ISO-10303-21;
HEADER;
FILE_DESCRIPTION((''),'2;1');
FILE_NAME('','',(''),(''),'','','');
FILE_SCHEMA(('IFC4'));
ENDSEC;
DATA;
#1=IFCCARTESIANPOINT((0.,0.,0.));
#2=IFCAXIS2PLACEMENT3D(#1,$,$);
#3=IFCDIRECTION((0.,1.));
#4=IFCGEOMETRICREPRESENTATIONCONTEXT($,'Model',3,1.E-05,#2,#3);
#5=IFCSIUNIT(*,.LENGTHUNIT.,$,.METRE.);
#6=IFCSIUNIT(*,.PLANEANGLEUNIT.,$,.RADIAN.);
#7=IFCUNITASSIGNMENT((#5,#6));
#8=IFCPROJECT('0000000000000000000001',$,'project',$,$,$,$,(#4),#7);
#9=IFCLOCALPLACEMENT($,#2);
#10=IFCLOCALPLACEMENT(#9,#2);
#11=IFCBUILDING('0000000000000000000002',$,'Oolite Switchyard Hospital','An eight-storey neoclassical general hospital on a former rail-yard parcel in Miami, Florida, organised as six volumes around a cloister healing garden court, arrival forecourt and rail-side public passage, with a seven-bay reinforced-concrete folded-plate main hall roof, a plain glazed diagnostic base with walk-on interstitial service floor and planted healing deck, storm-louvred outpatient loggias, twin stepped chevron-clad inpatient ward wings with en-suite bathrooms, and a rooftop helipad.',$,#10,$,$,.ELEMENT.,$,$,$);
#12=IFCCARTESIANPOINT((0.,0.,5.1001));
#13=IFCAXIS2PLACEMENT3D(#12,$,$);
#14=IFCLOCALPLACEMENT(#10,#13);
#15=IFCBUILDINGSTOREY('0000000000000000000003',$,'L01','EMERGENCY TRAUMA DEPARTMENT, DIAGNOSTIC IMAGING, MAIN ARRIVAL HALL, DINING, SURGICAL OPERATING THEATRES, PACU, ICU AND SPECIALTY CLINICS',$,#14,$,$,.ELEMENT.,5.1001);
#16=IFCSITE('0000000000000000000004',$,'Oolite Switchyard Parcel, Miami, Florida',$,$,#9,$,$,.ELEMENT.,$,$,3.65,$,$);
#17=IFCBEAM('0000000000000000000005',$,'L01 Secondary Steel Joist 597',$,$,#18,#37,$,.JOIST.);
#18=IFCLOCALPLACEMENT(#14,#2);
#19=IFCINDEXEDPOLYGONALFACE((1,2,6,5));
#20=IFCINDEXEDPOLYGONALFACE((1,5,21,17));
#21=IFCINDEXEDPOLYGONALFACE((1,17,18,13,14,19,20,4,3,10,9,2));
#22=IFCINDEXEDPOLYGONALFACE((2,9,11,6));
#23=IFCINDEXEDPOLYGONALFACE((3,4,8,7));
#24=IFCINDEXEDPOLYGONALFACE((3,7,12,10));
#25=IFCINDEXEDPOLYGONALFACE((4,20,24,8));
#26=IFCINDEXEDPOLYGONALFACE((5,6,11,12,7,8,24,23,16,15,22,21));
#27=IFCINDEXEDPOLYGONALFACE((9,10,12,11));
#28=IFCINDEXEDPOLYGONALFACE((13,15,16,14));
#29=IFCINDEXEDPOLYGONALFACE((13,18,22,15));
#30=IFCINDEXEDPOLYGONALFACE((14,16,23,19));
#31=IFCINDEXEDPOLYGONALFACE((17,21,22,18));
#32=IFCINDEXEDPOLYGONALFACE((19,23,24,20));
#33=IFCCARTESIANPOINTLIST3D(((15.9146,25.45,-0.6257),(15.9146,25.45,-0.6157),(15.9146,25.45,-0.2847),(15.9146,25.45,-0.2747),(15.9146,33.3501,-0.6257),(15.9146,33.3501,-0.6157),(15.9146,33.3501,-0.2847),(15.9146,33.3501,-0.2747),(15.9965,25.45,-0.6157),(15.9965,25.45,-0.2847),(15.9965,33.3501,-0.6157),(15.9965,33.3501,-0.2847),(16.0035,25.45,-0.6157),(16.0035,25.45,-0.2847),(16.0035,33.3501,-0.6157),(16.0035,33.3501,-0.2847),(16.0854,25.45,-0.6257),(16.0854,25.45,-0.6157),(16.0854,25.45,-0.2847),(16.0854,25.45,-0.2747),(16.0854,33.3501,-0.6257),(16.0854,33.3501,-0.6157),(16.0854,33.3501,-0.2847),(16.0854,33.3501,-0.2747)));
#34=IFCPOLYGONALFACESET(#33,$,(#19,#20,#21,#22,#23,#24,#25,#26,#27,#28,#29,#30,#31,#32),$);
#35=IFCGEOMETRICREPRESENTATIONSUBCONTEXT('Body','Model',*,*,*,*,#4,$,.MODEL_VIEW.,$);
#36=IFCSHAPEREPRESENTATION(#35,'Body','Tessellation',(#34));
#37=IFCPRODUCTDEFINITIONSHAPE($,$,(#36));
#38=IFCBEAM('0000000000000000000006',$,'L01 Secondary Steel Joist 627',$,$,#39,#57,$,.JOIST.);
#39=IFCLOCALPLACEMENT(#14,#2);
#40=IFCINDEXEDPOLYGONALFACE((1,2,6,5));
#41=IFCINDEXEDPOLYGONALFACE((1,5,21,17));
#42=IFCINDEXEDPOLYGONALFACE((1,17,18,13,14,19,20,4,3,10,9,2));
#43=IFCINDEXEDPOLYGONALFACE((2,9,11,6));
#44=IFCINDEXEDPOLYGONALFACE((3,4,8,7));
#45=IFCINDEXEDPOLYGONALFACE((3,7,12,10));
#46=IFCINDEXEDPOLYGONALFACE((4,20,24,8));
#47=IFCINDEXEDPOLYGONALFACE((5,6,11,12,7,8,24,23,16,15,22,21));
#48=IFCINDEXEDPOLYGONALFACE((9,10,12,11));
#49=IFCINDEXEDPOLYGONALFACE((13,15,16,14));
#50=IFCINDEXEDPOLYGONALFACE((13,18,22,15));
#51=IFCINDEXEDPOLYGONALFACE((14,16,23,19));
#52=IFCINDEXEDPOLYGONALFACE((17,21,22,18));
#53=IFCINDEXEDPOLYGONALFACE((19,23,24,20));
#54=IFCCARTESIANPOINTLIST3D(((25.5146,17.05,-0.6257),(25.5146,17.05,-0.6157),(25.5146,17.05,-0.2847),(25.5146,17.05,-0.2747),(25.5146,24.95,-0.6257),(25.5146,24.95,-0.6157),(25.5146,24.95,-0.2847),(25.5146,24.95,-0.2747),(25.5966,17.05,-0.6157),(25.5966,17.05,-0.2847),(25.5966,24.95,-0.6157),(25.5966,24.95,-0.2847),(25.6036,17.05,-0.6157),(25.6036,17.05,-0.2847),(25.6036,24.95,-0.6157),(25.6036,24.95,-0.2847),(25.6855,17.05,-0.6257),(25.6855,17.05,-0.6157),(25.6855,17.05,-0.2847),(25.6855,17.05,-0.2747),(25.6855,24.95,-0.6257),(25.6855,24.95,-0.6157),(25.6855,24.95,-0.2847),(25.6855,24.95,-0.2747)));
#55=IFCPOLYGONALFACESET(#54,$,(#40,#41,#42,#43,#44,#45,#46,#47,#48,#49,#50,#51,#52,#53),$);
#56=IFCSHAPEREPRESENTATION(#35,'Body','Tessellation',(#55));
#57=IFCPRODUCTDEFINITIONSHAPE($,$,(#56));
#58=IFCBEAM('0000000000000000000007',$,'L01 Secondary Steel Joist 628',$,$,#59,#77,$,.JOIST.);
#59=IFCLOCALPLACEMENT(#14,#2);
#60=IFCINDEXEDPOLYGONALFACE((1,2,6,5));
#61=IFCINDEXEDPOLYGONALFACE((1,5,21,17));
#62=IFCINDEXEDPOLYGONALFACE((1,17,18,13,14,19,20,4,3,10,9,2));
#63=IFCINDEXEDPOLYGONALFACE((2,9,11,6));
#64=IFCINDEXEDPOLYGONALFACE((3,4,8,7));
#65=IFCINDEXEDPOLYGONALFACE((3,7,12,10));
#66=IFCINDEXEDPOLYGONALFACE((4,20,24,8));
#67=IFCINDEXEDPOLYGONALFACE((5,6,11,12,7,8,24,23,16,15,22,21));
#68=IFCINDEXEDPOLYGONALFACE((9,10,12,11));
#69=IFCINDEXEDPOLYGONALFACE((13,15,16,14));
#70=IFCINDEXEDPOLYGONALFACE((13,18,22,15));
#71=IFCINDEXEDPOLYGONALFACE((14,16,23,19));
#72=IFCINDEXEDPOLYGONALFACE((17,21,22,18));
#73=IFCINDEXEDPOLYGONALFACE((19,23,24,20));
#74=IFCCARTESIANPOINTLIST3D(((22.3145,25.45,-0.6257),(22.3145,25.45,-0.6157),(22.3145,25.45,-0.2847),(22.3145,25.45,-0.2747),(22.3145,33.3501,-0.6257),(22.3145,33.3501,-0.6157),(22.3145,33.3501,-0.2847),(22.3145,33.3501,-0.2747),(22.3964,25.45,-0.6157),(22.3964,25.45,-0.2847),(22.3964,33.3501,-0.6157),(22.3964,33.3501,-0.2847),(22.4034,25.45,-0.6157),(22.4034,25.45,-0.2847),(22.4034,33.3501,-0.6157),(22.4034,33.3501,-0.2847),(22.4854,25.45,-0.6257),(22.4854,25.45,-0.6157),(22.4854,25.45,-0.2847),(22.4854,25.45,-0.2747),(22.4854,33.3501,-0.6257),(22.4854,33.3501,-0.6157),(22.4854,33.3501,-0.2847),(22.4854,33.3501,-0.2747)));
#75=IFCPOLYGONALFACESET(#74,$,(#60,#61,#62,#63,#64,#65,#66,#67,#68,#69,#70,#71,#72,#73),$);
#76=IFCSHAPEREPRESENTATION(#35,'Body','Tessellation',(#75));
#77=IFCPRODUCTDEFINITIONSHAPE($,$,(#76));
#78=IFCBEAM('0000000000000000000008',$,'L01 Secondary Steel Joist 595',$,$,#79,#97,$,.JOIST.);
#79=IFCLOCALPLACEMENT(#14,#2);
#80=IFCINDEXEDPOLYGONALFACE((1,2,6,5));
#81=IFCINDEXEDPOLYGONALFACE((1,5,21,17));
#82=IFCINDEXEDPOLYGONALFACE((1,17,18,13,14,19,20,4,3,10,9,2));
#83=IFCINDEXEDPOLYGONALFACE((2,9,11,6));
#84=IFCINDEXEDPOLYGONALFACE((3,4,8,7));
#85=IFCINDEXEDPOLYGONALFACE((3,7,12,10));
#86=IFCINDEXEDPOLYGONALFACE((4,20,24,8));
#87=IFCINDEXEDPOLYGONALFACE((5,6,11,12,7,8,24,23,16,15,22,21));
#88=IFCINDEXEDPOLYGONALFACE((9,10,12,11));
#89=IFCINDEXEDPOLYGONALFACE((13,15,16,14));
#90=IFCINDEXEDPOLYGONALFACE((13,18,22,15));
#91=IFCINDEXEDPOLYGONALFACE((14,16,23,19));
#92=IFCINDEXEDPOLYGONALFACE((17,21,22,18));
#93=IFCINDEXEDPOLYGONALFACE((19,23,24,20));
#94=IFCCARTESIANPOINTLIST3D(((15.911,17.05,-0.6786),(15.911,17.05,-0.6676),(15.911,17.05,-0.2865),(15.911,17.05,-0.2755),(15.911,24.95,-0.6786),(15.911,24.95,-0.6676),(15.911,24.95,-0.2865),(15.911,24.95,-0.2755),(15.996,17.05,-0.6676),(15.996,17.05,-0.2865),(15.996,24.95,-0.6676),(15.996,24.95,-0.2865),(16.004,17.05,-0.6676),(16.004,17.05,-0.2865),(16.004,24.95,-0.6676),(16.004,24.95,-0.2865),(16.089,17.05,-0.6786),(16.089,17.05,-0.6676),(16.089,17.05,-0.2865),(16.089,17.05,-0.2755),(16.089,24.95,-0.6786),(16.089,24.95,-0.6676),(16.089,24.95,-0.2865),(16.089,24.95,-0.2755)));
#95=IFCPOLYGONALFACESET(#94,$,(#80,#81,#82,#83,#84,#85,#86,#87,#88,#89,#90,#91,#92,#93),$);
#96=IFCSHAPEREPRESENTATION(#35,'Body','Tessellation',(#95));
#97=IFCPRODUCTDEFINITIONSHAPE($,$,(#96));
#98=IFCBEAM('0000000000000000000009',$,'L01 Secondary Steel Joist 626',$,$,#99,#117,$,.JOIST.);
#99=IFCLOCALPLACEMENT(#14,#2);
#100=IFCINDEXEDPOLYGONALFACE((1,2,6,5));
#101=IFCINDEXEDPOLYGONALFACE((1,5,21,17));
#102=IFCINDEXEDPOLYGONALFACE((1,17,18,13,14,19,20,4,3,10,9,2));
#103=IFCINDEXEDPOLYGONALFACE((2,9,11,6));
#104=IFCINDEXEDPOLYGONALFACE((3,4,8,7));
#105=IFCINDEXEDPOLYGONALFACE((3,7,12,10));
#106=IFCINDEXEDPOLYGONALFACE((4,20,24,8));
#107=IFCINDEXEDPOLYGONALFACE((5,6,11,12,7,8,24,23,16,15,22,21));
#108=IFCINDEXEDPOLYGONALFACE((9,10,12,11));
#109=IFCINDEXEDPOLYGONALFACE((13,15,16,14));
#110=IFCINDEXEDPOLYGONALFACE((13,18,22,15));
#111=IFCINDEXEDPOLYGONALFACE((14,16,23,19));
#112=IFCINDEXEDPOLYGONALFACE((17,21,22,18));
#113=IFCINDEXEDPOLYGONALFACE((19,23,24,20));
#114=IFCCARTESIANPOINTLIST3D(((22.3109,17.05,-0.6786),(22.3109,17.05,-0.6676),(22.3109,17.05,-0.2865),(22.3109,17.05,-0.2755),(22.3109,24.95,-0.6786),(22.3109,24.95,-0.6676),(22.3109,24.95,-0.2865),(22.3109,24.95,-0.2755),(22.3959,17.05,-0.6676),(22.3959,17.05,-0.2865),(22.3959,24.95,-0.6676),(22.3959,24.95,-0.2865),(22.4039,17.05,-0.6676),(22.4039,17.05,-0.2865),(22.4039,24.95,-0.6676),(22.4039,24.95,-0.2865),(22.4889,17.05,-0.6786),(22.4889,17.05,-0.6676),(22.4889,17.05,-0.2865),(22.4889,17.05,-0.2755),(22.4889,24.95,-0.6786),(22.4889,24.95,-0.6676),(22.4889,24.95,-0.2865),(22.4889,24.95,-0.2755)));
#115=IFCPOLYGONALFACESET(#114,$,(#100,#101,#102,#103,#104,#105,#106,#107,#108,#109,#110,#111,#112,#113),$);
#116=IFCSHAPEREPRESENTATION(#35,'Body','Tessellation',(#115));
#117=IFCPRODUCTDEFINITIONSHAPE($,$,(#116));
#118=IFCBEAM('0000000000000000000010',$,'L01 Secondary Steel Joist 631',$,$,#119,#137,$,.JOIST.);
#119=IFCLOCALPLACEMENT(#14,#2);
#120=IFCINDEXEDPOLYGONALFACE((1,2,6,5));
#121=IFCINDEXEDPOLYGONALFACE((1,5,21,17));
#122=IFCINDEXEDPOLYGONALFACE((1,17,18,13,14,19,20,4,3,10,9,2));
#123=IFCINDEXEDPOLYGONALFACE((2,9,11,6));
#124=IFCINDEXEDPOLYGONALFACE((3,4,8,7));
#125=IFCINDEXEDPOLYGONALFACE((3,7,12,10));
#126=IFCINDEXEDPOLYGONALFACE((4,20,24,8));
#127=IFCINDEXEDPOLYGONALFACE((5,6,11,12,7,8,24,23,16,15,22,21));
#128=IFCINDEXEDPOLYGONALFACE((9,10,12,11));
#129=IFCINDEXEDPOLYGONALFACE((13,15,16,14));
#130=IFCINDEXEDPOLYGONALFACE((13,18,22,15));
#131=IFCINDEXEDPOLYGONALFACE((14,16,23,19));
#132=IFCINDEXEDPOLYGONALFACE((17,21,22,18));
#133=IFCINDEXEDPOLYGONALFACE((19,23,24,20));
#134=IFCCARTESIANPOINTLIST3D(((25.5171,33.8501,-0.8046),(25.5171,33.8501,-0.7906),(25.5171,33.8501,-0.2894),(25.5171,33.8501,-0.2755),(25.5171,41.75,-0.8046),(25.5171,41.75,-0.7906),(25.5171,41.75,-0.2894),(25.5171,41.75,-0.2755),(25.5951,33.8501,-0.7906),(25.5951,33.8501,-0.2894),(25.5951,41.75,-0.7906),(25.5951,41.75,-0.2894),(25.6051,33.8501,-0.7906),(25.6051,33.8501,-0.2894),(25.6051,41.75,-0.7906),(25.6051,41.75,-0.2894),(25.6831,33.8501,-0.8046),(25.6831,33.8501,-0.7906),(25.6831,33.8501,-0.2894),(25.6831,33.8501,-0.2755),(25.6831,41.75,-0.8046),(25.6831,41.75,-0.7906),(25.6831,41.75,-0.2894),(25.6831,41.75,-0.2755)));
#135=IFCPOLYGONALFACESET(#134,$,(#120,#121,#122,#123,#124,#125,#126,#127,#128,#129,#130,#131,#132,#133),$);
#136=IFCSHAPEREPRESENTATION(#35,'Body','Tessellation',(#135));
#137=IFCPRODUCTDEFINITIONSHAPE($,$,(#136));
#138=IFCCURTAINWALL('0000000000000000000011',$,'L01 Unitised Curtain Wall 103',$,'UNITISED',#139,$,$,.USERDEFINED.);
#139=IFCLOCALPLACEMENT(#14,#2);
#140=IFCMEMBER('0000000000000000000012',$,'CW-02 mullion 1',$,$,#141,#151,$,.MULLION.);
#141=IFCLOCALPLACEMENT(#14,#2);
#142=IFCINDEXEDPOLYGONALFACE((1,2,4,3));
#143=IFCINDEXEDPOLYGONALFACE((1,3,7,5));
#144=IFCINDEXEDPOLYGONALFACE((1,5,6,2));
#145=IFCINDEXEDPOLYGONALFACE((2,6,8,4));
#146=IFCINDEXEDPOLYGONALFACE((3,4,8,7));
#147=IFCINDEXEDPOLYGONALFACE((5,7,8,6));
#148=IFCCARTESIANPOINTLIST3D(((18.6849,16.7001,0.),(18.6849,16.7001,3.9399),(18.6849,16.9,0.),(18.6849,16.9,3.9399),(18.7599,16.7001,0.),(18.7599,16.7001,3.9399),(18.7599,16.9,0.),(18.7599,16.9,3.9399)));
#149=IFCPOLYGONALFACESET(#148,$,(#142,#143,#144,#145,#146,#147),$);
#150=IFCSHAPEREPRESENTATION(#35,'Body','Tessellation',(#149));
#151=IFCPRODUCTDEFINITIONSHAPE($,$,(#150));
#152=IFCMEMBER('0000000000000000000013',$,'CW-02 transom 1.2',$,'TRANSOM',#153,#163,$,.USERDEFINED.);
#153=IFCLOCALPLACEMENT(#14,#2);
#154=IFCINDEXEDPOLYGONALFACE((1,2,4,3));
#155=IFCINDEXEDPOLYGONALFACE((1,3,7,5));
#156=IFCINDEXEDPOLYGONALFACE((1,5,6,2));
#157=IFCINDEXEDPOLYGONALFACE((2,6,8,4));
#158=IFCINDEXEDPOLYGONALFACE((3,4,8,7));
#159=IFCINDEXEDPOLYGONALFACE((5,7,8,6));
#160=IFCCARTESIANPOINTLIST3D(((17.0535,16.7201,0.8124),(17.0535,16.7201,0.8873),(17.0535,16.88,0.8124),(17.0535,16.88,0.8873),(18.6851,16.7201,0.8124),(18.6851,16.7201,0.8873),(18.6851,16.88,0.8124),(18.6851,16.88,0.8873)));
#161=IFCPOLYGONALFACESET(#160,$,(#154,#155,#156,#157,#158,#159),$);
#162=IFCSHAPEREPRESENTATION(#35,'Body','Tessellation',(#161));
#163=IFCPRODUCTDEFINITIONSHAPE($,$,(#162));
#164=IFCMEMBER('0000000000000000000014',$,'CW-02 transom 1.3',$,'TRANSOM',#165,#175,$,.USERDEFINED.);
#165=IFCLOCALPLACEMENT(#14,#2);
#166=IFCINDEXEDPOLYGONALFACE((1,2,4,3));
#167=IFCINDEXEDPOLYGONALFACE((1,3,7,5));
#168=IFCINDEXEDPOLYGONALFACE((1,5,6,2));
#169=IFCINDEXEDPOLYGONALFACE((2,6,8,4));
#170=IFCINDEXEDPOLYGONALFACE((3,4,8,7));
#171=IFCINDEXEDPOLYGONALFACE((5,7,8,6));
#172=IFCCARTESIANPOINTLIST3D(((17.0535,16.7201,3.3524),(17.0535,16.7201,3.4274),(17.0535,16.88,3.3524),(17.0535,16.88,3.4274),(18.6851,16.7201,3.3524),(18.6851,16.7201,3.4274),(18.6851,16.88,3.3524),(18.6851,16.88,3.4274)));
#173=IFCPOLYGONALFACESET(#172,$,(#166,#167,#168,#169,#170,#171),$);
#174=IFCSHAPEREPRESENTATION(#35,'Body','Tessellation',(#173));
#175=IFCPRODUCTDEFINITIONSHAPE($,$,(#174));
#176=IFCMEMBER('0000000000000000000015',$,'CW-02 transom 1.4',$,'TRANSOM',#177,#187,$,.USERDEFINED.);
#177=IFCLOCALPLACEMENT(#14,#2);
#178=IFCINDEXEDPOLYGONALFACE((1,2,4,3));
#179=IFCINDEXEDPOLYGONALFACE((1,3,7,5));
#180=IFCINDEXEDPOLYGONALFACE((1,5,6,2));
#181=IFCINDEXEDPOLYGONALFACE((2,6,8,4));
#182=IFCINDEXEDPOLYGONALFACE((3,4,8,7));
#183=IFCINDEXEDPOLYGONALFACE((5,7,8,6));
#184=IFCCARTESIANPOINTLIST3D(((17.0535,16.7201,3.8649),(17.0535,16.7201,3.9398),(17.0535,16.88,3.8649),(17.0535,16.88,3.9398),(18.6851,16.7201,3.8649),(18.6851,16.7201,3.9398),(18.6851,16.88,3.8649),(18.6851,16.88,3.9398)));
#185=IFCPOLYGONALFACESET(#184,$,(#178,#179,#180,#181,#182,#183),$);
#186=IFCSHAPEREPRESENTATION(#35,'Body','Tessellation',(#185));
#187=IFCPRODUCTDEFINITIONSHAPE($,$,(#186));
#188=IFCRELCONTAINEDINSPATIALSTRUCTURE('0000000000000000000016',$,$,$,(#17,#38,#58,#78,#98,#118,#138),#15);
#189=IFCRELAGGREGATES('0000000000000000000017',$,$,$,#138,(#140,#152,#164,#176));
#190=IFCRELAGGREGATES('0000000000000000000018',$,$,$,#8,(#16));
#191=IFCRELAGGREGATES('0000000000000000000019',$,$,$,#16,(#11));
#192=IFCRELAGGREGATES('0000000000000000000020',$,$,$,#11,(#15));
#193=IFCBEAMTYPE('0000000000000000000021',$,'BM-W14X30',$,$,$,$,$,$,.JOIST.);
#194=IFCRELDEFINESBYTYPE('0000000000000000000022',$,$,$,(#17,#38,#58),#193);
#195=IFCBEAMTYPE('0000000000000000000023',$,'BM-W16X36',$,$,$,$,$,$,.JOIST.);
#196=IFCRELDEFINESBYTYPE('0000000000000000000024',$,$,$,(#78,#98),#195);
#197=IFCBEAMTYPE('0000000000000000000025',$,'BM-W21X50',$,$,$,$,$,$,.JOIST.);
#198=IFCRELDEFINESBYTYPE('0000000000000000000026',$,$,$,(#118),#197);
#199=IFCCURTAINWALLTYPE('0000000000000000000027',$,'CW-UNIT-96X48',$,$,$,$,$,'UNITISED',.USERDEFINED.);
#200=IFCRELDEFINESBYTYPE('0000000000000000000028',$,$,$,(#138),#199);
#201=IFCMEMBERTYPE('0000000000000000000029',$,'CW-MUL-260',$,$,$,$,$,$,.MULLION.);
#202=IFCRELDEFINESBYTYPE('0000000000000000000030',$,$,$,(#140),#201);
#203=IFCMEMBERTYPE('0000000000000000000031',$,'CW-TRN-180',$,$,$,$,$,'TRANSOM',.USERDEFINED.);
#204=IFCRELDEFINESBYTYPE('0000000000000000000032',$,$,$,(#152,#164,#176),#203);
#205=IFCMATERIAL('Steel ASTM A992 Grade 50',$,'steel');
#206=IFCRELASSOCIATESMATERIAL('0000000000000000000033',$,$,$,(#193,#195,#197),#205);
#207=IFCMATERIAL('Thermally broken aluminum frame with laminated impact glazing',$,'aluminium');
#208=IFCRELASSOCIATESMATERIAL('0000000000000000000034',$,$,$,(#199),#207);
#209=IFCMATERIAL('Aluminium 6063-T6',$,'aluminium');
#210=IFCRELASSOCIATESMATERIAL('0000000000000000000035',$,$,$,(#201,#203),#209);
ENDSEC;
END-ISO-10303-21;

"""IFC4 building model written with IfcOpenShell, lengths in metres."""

from ifc_helpers import new_model, si_unit, direction, frame, origin, origin_2d, place, context, subcontext, project, spatial, rectangle, i_section, extrude, material, material_profile, profile_set, type_object, element, aggregate, save


model = new_model("IFC4")

# Units and contexts
model_context = context("Model", 3, precision=1e-05, world=origin(), true_north=direction((0.0, 1.0)))
body_context = subcontext(model_context, "Body", "Model", "MODEL_VIEW")
ifc_project = project(units=[si_unit("LENGTHUNIT", "METRE"), si_unit("PLANEANGLEUNIT", "RADIAN")], contexts=[model_context])

# Site, building, storey
site_placement = place(None, origin())
site = spatial("IfcSite", under=ifc_project, at=site_placement, Name="Oolite Switchyard Parcel, Miami, Florida", CompositionType="ELEMENT", RefElevation=3.65)
building_placement = place(site_placement, origin())
building = spatial("IfcBuilding", under=site, at=building_placement, Name="Oolite Switchyard Hospital", Description="An eight-storey neoclassical general hospital on a former rail-yard parcel in Miami, Florida, organised as six volumes around a cloister healing garden court, arrival forecourt and rail-side public passage, with a seven-bay reinforced-concrete folded-plate main hall roof, a plain glazed diagnostic base with walk-on interstitial service floor and planted healing deck, storm-louvred outpatient loggias, twin stepped chevron-clad inpatient ward wings with en-suite bathrooms, and a rooftop helipad.", CompositionType="ELEMENT")
storey_placement = place(building_placement, frame((0.0, 0.0, 5.1001)))
storey = spatial("IfcBuildingStorey", under=building, at=storey_placement, Name="L01", Description="EMERGENCY TRAUMA DEPARTMENT, DIAGNOSTIC IMAGING, MAIN ARRIVAL HALL, DINING, SURGICAL OPERATING THEATRES, PACU, ICU AND SPECIALTY CLINICS", CompositionType="ELEMENT", Elevation=5.1001)

# Beams
ifc_material_1 = material(Name="Steel ASTM A992 Grade 50", Category="steel")
ifc_material_profile_1 = material_profile(ifc_material_1, i_section(OverallWidth=0.1709, OverallDepth=0.3511, WebThickness=0.0071, FlangeThickness=0.01, at=origin_2d()), Name="W14X30")
ifc_profile_set_1 = profile_set([ifc_material_profile_1], Name="Steel ASTM A992 Grade 50")
beam_type_1 = type_object("IfcBeamType", Name="BM-W14X30", PredefinedType="JOIST", material=ifc_profile_set_1)
beam_1_placement = place(storey_placement, frame((16.0, 25.45, -0.4502), z_axis=(0.0, 1.0, 0.0), x_axis=(-1.0, 0.0, 0.0)))
element("IfcBeam", 1, at=beam_1_placement, inside=storey, type_object=beam_type_1, Name="L01 Secondary Steel Joist 597", PredefinedType="JOIST", context=body_context, shape_type="SweptSolid", body=[
    extrude(i_section(OverallWidth=0.1709, OverallDepth=0.3511, WebThickness=0.0071, FlangeThickness=0.01, at=origin_2d()), origin(), (0.0, 0.0, 1.0), 7.9001),
])
beam_2_placement = place(storey_placement, frame((25.6001, 17.05, -0.4502), z_axis=(0.0, 1.0, 0.0), x_axis=(-1.0, 0.0, 0.0)))
element("IfcBeam", 2, at=beam_2_placement, inside=storey, type_object=beam_type_1, Name="L01 Secondary Steel Joist 627", PredefinedType="JOIST", context=body_context, shape_type="SweptSolid", body=[
    extrude(i_section(OverallWidth=0.1709, OverallDepth=0.3511, WebThickness=0.0071, FlangeThickness=0.01, at=origin_2d()), origin(), (0.0, 0.0, 1.0), 7.8999),
])
beam_3_placement = place(storey_placement, frame((22.3999, 25.45, -0.4502), z_axis=(0.0, 1.0, 0.0), x_axis=(-1.0, 0.0, 0.0)))
element("IfcBeam", 3, at=beam_3_placement, inside=storey, type_object=beam_type_1, Name="L01 Secondary Steel Joist 628", PredefinedType="JOIST", context=body_context, shape_type="SweptSolid", body=[
    extrude(i_section(OverallWidth=0.1709, OverallDepth=0.3511, WebThickness=0.0071, FlangeThickness=0.01, at=origin_2d()), origin(), (0.0, 0.0, 1.0), 7.9001),
])
ifc_material_profile_2 = material_profile(ifc_material_1, i_section(OverallWidth=0.178, OverallDepth=0.4031, WebThickness=0.0081, FlangeThickness=0.011, at=origin_2d()), Name="W16X36")
ifc_profile_set_2 = profile_set([ifc_material_profile_2], Name="Steel ASTM A992 Grade 50")
beam_type_2 = type_object("IfcBeamType", Name="BM-W16X36", PredefinedType="JOIST", material=ifc_profile_set_2)
for number, where, z_axis, x_axis, name in (
    (4, (16.0, 17.05, -0.4771), (0.0, 1.0, 0.0), (-1.0, 0.0, 0.0), "L01 Secondary Steel Joist 595"),
    (5, (22.3999, 17.05, -0.4771), (0.0, 1.0, 0.0), (-1.0, 0.0, 0.0), "L01 Secondary Steel Joist 626"),
):
    element("IfcBeam", number, at=place(storey_placement, frame(where, z_axis=z_axis, x_axis=x_axis)), inside=storey, type_object=beam_type_2, Name=name, PredefinedType="JOIST", context=body_context, shape_type="SweptSolid", body=[
        extrude(i_section(OverallWidth=0.178, OverallDepth=0.4031, WebThickness=0.0081, FlangeThickness=0.011, at=origin_2d()), origin(), (0.0, 0.0, 1.0), 7.8999),
    ])
ifc_material_profile_3 = material_profile(ifc_material_1, i_section(OverallWidth=0.166, OverallDepth=0.5291, WebThickness=0.01, FlangeThickness=0.0139, at=origin_2d()), Name="W21X50")
ifc_profile_set_3 = profile_set([ifc_material_profile_3], Name="Steel ASTM A992 Grade 50")
beam_type_3 = type_object("IfcBeamType", Name="BM-W21X50", PredefinedType="JOIST", material=ifc_profile_set_3)
beam_4_placement = place(storey_placement, frame((25.6001, 33.8501, -0.54), z_axis=(0.0, 1.0, 0.0), x_axis=(-1.0, 0.0, 0.0)))
element("IfcBeam", 6, at=beam_4_placement, inside=storey, type_object=beam_type_3, Name="L01 Secondary Steel Joist 631", PredefinedType="JOIST", context=body_context, shape_type="SweptSolid", body=[
    extrude(i_section(OverallWidth=0.166, OverallDepth=0.5291, WebThickness=0.01, FlangeThickness=0.0139, at=origin_2d()), origin(), (0.0, 0.0, 1.0), 7.8999),
])

# Curtain wall, members
ifc_material_2 = material(Name="Thermally broken aluminum frame with laminated impact glazing", Category="aluminium")
curtain_wall_type = type_object("IfcCurtainWallType", Name="CW-UNIT-96X48", ElementType="UNITISED", PredefinedType="USERDEFINED", material=ifc_material_2)
curtain_wall_placement = place(storey_placement, origin())
curtain_wall = element("IfcCurtainWall", 7, at=curtain_wall_placement, inside=storey, type_object=curtain_wall_type, Name="L01 Unitised Curtain Wall 103", ObjectType="UNITISED", PredefinedType="USERDEFINED")
ifc_material_3 = material(Name="Aluminium 6063-T6", Category="aluminium")
ifc_material_profile_4 = material_profile(ifc_material_3, rectangle(XDim=0.2, YDim=0.075, at=origin_2d()), Name="CWM75X200")
ifc_profile_set_4 = profile_set([ifc_material_profile_4], Name="Aluminium 6063-T6")
member_type_1 = type_object("IfcMemberType", Name="CW-MUL-260", PredefinedType="MULLION", material=ifc_profile_set_4)
member_1_placement = place(storey_placement, frame((18.7224, 16.8, 0.0), z_axis=(0.0, 0.0, 1.0), x_axis=(0.0, -1.0, 0.0)))
member_1 = element("IfcMember", 8, at=member_1_placement, type_object=member_type_1, Name="CW-02 mullion 1", PredefinedType="MULLION", context=body_context, shape_type="SweptSolid", body=[
    extrude(rectangle(XDim=0.2, YDim=0.075, at=origin_2d()), origin(), (0.0, 0.0, 1.0), 3.9399),
])
ifc_material_profile_5 = material_profile(ifc_material_3, rectangle(XDim=0.1599, YDim=0.075, at=origin_2d()), Name="CWT75X160")
ifc_profile_set_5 = profile_set([ifc_material_profile_5], Name="Aluminium 6063-T6")
member_type_2 = type_object("IfcMemberType", Name="CW-TRN-180", ElementType="TRANSOM", PredefinedType="USERDEFINED", material=ifc_profile_set_5)
member_2_placement = place(storey_placement, frame((18.6851, 16.8, 0.8499), z_axis=(-1.0, 0.0, 0.0), x_axis=(0.0, -1.0, 0.0)))
member_2 = element("IfcMember", 9, at=member_2_placement, type_object=member_type_2, Name="CW-02 transom 1.2", ObjectType="TRANSOM", PredefinedType="USERDEFINED", context=body_context, shape_type="SweptSolid", body=[
    extrude(rectangle(XDim=0.1599, YDim=0.075, at=origin_2d()), origin(), (0.0, 0.0, 1.0), 1.6316),
])
member_3_placement = place(storey_placement, frame((18.6851, 16.8, 3.3899), z_axis=(-1.0, 0.0, 0.0), x_axis=(0.0, -1.0, 0.0)))
member_3 = element("IfcMember", 10, at=member_3_placement, type_object=member_type_2, Name="CW-02 transom 1.3", ObjectType="TRANSOM", PredefinedType="USERDEFINED", context=body_context, shape_type="SweptSolid", body=[
    extrude(rectangle(XDim=0.1599, YDim=0.075, at=origin_2d()), origin(), (0.0, 0.0, 1.0), 1.6316),
])
member_4_placement = place(storey_placement, frame((18.6851, 16.8, 3.9023), z_axis=(-1.0, 0.0, 0.0), x_axis=(0.0, -1.0, 0.0)))
member_4 = element("IfcMember", 11, at=member_4_placement, type_object=member_type_2, Name="CW-02 transom 1.4", ObjectType="TRANSOM", PredefinedType="USERDEFINED", context=body_context, shape_type="SweptSolid", body=[
    extrude(rectangle(XDim=0.1599, YDim=0.075, at=origin_2d()), origin(), (0.0, 0.0, 1.0), 1.6316),
])
aggregate(curtain_wall, [member_1, member_2, member_3, member_4])

save(model, "model.ifc")
